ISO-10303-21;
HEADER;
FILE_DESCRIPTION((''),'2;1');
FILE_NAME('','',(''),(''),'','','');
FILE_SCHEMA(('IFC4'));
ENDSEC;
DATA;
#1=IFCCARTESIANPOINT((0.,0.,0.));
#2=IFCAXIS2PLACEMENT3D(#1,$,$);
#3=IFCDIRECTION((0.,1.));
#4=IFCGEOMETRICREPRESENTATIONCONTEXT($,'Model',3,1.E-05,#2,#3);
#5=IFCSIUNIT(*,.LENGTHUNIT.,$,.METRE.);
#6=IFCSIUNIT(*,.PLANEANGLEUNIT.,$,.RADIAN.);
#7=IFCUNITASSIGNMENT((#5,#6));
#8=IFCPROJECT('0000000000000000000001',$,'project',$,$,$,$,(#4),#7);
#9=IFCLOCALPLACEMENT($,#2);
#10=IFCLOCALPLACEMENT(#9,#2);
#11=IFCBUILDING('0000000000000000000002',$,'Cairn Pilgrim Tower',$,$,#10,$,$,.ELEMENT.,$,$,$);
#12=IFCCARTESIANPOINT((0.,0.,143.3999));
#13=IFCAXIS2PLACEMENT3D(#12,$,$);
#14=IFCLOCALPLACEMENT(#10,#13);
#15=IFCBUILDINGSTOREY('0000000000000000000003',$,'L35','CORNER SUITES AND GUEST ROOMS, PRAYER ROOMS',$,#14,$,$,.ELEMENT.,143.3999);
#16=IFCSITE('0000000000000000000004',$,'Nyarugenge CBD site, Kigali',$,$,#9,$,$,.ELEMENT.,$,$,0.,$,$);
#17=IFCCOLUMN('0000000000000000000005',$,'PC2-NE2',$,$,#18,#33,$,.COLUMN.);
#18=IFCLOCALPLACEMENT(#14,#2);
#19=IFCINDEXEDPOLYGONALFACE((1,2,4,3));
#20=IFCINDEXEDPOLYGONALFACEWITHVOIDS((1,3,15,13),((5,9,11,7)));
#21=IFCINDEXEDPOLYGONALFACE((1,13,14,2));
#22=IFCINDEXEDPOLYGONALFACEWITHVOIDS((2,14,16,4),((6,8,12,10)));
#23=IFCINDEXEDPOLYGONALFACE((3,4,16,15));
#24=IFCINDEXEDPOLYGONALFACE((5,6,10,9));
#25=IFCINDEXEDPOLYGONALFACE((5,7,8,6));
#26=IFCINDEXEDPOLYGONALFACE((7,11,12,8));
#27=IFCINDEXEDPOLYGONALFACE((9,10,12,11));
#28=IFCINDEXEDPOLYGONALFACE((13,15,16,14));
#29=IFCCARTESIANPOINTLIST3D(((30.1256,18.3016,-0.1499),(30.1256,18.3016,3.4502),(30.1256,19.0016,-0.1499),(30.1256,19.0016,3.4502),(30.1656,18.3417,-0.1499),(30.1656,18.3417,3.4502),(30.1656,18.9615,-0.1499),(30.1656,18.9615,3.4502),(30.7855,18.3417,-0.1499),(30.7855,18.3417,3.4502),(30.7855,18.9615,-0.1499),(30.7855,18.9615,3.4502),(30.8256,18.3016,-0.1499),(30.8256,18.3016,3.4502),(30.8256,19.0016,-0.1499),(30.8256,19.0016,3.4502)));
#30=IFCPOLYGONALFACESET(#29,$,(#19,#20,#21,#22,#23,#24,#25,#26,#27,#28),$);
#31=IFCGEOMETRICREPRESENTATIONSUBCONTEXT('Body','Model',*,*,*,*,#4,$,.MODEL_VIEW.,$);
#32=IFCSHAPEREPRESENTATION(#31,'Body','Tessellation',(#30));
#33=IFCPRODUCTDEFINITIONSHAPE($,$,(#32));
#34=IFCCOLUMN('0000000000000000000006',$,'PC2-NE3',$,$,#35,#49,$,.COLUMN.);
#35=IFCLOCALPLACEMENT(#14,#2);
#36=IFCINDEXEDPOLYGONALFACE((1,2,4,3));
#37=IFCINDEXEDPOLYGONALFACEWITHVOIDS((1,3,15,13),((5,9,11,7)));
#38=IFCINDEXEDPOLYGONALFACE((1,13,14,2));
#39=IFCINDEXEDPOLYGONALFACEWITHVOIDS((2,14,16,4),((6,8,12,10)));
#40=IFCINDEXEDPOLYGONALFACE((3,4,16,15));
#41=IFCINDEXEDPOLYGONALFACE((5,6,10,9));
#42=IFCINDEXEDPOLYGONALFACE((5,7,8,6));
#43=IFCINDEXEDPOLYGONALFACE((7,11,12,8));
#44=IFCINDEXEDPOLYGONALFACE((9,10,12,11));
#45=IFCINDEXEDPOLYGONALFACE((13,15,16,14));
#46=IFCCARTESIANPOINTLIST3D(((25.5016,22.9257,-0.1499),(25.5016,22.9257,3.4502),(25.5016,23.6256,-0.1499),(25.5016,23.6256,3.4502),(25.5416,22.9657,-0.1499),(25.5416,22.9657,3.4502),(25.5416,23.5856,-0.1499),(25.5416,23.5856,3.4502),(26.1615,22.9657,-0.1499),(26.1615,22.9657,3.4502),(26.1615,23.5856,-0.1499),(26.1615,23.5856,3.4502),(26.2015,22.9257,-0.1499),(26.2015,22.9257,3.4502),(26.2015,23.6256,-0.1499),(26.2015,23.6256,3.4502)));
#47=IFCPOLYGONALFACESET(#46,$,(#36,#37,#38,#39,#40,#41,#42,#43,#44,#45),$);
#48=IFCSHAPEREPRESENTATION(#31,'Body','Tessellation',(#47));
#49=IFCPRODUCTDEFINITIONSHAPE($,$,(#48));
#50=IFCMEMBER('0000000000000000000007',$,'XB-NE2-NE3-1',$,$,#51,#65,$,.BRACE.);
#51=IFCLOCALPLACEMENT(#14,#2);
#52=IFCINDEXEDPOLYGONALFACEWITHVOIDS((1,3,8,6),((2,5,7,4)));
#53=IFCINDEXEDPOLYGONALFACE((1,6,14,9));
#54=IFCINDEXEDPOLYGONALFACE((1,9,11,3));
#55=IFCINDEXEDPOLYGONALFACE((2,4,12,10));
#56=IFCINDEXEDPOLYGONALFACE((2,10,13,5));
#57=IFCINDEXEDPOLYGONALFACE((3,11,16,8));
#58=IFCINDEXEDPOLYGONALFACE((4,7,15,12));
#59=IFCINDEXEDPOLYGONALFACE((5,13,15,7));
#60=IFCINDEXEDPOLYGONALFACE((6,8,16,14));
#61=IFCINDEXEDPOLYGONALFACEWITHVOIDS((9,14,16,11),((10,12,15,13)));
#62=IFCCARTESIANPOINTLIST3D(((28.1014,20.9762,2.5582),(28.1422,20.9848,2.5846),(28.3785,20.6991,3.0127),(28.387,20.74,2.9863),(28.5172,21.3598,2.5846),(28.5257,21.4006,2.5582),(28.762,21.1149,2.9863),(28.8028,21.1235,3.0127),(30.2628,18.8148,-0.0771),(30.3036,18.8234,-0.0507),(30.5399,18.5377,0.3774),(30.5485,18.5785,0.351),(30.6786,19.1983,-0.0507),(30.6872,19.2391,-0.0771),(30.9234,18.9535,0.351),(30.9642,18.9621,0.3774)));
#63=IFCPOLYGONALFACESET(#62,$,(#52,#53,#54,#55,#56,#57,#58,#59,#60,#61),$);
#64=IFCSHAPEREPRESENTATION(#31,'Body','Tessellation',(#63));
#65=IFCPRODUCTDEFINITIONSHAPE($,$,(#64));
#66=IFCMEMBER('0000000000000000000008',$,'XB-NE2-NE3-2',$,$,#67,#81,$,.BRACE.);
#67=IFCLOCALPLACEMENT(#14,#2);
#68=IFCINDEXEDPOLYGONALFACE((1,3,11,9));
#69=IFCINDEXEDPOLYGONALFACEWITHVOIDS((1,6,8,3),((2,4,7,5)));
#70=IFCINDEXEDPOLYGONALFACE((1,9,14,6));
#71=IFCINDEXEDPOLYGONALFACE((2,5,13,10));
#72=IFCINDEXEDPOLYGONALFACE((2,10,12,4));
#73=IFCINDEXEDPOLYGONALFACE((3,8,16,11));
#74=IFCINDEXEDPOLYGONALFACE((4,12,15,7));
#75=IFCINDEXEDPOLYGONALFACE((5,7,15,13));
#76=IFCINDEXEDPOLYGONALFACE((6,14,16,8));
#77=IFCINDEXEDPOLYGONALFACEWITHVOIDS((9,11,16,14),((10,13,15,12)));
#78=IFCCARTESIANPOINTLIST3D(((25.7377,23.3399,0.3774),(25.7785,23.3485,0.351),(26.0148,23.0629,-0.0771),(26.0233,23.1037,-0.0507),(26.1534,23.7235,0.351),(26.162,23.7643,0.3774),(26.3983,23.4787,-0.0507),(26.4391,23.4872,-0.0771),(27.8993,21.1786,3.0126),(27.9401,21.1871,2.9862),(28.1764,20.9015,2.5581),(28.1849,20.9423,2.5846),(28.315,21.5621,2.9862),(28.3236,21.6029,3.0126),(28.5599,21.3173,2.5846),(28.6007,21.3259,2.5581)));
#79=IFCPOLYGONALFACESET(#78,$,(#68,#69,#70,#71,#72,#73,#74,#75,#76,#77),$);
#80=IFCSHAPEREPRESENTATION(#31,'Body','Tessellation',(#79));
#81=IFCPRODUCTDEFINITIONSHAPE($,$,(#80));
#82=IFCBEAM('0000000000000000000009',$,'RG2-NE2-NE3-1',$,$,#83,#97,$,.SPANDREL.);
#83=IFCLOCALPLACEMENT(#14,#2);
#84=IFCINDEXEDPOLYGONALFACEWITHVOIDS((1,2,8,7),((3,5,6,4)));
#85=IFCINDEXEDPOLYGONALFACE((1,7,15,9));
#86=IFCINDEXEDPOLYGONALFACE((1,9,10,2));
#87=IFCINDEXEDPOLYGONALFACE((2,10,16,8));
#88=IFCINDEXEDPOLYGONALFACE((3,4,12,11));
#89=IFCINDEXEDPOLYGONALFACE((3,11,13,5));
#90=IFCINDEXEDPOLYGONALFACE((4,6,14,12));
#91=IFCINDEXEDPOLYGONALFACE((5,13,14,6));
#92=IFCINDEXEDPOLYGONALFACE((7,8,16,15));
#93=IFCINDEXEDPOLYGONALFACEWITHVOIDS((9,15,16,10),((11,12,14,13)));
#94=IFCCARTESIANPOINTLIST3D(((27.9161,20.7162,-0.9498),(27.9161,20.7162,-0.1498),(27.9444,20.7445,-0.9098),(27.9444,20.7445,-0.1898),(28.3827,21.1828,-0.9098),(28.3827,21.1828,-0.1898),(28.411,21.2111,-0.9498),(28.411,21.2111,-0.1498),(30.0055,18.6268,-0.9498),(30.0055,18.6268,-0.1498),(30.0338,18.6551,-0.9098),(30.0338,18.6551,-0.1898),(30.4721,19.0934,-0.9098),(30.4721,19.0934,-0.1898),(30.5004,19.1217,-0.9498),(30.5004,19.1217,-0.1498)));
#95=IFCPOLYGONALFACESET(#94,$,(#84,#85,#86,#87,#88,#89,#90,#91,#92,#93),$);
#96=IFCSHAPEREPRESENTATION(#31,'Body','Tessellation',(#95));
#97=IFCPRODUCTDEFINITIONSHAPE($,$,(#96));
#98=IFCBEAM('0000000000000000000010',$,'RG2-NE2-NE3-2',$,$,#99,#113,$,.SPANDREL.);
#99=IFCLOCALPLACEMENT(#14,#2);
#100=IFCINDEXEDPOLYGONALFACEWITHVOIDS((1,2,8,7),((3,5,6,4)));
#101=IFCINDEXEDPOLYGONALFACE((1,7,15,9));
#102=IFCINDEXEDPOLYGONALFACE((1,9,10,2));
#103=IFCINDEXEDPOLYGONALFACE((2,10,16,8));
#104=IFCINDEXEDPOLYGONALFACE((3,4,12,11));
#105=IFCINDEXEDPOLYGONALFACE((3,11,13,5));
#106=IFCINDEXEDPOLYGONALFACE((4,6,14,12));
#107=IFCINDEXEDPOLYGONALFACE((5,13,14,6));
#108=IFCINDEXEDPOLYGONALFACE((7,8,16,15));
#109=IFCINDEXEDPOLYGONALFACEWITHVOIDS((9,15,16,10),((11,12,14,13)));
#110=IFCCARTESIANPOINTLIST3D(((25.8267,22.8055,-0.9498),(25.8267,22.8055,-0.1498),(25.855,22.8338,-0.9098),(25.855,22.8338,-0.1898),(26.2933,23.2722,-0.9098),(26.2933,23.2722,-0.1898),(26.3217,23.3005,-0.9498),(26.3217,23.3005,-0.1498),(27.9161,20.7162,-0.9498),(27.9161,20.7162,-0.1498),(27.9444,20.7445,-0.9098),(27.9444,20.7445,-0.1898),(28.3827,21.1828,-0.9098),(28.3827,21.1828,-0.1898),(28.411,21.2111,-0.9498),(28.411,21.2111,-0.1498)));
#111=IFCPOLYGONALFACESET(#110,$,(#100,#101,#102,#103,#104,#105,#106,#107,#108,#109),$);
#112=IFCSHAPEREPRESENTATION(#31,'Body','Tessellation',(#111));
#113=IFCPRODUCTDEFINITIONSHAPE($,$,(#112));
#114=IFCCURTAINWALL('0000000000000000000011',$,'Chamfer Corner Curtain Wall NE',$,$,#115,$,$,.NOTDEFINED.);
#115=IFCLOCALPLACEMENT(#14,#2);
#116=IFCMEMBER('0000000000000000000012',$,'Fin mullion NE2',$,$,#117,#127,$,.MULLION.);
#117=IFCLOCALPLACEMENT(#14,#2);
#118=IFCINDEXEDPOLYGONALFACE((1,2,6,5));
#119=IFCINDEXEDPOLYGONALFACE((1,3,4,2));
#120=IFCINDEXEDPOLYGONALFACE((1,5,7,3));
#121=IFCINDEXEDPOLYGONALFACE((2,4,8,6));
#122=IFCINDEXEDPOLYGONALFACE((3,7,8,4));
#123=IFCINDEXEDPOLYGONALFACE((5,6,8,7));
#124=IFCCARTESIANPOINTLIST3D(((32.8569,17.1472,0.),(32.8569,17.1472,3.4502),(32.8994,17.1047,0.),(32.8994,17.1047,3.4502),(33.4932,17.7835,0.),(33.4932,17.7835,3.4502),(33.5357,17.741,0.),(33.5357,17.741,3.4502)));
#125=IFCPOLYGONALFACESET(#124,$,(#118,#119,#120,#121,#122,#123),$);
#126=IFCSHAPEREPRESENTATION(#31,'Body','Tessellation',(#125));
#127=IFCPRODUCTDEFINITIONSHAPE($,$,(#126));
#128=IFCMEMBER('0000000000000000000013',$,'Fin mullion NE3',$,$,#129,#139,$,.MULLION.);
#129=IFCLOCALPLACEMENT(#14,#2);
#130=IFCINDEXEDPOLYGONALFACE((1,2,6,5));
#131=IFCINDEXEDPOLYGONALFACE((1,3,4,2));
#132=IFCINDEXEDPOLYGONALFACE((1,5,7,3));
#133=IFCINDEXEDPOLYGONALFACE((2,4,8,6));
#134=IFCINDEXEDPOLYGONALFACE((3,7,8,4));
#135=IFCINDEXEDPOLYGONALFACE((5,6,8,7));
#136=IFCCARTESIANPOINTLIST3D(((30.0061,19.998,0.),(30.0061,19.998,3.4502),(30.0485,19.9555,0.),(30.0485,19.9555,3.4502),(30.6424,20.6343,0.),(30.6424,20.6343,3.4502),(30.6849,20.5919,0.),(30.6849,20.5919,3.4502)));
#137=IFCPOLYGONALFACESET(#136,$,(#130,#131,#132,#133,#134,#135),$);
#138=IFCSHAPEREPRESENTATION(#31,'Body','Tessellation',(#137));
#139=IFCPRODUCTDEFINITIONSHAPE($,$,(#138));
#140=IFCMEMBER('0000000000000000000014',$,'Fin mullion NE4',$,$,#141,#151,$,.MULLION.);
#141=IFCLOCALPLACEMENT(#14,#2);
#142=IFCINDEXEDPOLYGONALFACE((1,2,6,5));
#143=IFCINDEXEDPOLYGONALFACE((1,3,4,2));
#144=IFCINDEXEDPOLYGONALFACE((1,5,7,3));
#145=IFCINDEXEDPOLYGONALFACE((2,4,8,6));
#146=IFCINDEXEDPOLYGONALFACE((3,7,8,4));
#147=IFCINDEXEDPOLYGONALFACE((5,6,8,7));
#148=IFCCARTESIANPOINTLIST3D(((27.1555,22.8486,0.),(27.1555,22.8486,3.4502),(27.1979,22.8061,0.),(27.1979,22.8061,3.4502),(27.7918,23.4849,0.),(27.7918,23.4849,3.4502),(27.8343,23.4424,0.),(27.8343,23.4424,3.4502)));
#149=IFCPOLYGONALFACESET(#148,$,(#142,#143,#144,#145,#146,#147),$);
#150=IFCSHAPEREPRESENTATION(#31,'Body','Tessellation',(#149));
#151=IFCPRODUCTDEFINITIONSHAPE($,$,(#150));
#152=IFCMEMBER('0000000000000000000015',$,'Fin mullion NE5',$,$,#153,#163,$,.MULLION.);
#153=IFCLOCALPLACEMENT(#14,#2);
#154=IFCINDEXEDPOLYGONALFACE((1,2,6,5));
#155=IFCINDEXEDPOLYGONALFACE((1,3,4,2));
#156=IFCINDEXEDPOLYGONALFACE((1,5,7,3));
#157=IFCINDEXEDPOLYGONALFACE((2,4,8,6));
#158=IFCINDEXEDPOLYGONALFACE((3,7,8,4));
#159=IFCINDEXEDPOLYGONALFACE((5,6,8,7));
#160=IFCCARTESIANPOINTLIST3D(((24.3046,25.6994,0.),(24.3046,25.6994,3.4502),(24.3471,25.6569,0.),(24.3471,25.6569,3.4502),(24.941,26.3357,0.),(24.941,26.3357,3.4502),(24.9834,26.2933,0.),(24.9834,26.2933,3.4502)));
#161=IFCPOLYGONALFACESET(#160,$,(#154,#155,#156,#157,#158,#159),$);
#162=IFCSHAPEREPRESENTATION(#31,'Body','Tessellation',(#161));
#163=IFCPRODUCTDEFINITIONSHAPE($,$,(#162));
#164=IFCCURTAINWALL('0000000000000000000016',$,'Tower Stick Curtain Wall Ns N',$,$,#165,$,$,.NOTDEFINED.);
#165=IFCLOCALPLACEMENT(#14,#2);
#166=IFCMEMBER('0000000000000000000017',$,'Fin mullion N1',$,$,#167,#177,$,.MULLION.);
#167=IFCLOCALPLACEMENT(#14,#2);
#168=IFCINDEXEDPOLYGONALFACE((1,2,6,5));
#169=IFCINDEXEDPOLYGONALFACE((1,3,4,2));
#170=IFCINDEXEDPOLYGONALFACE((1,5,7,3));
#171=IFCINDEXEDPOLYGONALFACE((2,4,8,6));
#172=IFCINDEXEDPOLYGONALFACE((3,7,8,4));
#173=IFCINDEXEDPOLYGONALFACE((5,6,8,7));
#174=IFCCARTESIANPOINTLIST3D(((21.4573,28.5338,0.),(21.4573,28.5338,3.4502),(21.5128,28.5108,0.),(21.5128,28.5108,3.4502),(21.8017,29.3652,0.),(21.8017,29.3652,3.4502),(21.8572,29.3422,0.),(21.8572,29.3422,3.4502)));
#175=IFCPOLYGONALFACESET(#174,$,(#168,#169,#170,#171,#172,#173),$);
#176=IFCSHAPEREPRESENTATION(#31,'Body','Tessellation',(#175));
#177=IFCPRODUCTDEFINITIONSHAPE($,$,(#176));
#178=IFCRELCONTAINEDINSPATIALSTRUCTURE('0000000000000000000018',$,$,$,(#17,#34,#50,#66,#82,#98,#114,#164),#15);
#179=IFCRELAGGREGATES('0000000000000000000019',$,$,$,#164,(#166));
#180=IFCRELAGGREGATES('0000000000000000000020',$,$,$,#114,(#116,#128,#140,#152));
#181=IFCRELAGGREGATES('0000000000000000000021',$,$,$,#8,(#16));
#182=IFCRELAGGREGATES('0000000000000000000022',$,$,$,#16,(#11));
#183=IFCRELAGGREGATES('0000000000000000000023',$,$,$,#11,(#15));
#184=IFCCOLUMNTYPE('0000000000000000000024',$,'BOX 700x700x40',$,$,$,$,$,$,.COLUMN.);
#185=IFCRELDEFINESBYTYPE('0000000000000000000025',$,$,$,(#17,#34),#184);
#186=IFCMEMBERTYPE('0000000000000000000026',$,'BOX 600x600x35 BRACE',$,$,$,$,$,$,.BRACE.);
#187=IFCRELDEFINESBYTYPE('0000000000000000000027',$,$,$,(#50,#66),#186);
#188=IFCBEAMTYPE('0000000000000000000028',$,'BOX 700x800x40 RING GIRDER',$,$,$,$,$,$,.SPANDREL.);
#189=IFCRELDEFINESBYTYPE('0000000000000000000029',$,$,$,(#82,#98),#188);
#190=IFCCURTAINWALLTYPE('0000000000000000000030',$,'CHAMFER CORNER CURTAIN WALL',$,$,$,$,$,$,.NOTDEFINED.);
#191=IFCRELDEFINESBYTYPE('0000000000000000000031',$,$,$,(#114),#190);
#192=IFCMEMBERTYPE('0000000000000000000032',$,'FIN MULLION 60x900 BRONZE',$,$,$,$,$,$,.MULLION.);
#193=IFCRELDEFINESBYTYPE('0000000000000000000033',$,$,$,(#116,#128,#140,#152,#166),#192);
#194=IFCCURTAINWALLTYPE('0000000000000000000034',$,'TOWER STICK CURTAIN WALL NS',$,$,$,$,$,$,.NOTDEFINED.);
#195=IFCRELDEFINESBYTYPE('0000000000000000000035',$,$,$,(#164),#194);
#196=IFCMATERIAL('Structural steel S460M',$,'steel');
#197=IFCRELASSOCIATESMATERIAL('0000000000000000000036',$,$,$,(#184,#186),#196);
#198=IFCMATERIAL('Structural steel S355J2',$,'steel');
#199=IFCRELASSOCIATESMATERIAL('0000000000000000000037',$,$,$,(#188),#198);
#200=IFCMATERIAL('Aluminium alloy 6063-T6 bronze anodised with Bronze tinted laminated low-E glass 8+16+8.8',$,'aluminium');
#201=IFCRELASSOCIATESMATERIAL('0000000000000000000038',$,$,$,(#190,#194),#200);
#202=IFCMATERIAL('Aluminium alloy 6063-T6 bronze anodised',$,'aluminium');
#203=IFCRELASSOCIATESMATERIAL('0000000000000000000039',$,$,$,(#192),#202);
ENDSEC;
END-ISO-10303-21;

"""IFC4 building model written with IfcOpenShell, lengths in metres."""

from ifc_helpers import new_model, si_unit, direction, frame, origin, origin_2d, place, context, subcontext, project, spatial, rectangle, hollow_rectangle, extrude, material, material_profile, profile_set, type_object, element, aggregate, save


model = new_model("IFC4")

# Units and contexts
model_context = context("Model", 3, precision=1e-05, world=origin(), true_north=direction((0.0, 1.0)))
body_context = subcontext(model_context, "Body", "Model", "MODEL_VIEW")
ifc_project = project(units=[si_unit("LENGTHUNIT", "METRE"), si_unit("PLANEANGLEUNIT", "RADIAN")], contexts=[model_context])

# Site, building, storey
site_placement = place(None, origin())
site = spatial("IfcSite", under=ifc_project, at=site_placement, Name="Nyarugenge CBD site, Kigali", CompositionType="ELEMENT", RefElevation=0.0)
building_placement = place(site_placement, origin())
building = spatial("IfcBuilding", under=site, at=building_placement, Name="Cairn Pilgrim Tower", CompositionType="ELEMENT")
storey_placement = place(building_placement, frame((0.0, 0.0, 143.3999)))
storey = spatial("IfcBuildingStorey", under=building, at=storey_placement, Name="L35", Description="CORNER SUITES AND GUEST ROOMS, PRAYER ROOMS", CompositionType="ELEMENT", Elevation=143.3999)

# Columns
ifc_material_1 = material(Name="Structural steel S460M", Category="steel")
ifc_material_profile_1 = material_profile(ifc_material_1, hollow_rectangle(XDim=0.7, YDim=0.7, WallThickness=0.04, at=origin_2d()), Name="BOX 700x700x40")
ifc_profile_set_1 = profile_set([ifc_material_profile_1], Name="Structural steel S460M")
column_type = type_object("IfcColumnType", Name="BOX 700x700x40", PredefinedType="COLUMN", material=ifc_profile_set_1)
for number, where, z_axis, x_axis, name in (
    (1, (30.4756, 18.6516, -0.1499), (0.0, 0.0, 1.0), (1.0, 0.0, 0.0), "PC2-NE2"),
    (2, (25.8516, 23.2756, -0.1499), (0.0, 0.0, 1.0), (1.0, 0.0, 0.0), "PC2-NE3"),
):
    element("IfcColumn", number, at=place(storey_placement, frame(where, z_axis=z_axis, x_axis=x_axis)), inside=storey, type_object=column_type, Name=name, PredefinedType="COLUMN", context=body_context, shape_type="SweptSolid", body=[
        extrude(hollow_rectangle(XDim=0.7, YDim=0.7, WallThickness=0.04, at=origin_2d()), origin(), (0.0, 0.0, 1.0), 3.6001),
    ])

# Members
ifc_material_profile_2 = material_profile(ifc_material_1, hollow_rectangle(XDim=0.6001, YDim=0.6001, WallThickness=0.0349, at=origin_2d()), Name="BOX 600x600x35")
ifc_profile_set_2 = profile_set([ifc_material_profile_2], Name="Structural steel S460M")
member_type_1 = type_object("IfcMemberType", Name="BOX 600x600x35 BRACE", PredefinedType="BRACE", material=ifc_profile_set_2)
for number, where, z_axis, x_axis, name in (
    (3, (30.6135, 18.8884, 0.1501), (-0.535551, 0.535551, 0.65297), (-0.707107, -0.707107, 0.0), "XB-NE2-NE3-1"),
    (4, (26.0884, 23.4136, 0.1501), (0.535594, -0.535534, 0.652949), (0.707067, 0.707147, 0.0), "XB-NE2-NE3-2"),
):
    element("IfcMember", number, at=place(storey_placement, frame(where, z_axis=z_axis, x_axis=x_axis)), inside=storey, type_object=member_type_1, Name=name, PredefinedType="BRACE", context=body_context, shape_type="SweptSolid", body=[
        extrude(hollow_rectangle(XDim=0.6001, YDim=0.6001, WallThickness=0.0349, at=origin_2d()), origin(), (0.0, 0.0, 1.0), 4.0359),
    ])

# Beams
ifc_material_2 = material(Name="Structural steel S355J2", Category="steel")
ifc_material_profile_3 = material_profile(ifc_material_2, hollow_rectangle(XDim=0.7, YDim=0.8, WallThickness=0.04, at=origin_2d()), Name="BOX 700x800x40")
ifc_profile_set_3 = profile_set([ifc_material_profile_3], Name="Structural steel S355J2")
beam_type_1 = type_object("IfcBeamType", Name="BOX 700x800x40 RING GIRDER", PredefinedType="SPANDREL", material=ifc_profile_set_3)
for number, where, z_axis, x_axis, name in (
    (5, (30.2529, 18.8743, -0.5498), (-0.707107, 0.707107, 0.0), (-0.707107, -0.707107, 0.0), "RG2-NE2-NE3-1"),
    (6, (28.1636, 20.9636, -0.5498), (-0.707107, 0.707107, 0.0), (-0.707107, -0.707107, 0.0), "RG2-NE2-NE3-2"),
):
    element("IfcBeam", number, at=place(storey_placement, frame(where, z_axis=z_axis, x_axis=x_axis)), inside=storey, type_object=beam_type_1, Name=name, PredefinedType="SPANDREL", context=body_context, shape_type="SweptSolid", body=[
        extrude(hollow_rectangle(XDim=0.7, YDim=0.8, WallThickness=0.04, at=origin_2d()), origin(), (0.0, 0.0, 1.0), 2.9548),
    ])

# Curtain wall, members
ifc_material_3 = material(Name="Aluminium alloy 6063-T6 bronze anodised with Bronze tinted laminated low-E glass 8+16+8.8", Category="aluminium")
curtain_wall_type_1 = type_object("IfcCurtainWallType", Name="CHAMFER CORNER CURTAIN WALL", PredefinedType="NOTDEFINED", material=ifc_material_3)
curtain_wall_1_placement = place(storey_placement, origin())
curtain_wall_1 = element("IfcCurtainWall", 7, at=curtain_wall_1_placement, inside=storey, type_object=curtain_wall_type_1, Name="Chamfer Corner Curtain Wall NE", PredefinedType="NOTDEFINED")
ifc_material_4 = material(Name="Aluminium alloy 6063-T6 bronze anodised", Category="aluminium")
ifc_material_profile_4 = material_profile(ifc_material_4, rectangle(XDim=0.8999, YDim=0.0601, at=origin_2d()), Name="FIN MULLION 60x900 BRONZE")
ifc_profile_set_4 = profile_set([ifc_material_profile_4], Name="Aluminium alloy 6063-T6 bronze anodised")
member_type_2 = type_object("IfcMemberType", Name="FIN MULLION 60x900 BRONZE", PredefinedType="MULLION", material=ifc_profile_set_4)
member_1_placement = place(storey_placement, frame((33.1963, 17.4441, 0.0), z_axis=(0.0, 0.0, 1.0), x_axis=(0.707107, 0.707107, 0.0)))
member_1 = element("IfcMember", 8, at=member_1_placement, type_object=member_type_2, Name="Fin mullion NE2", PredefinedType="MULLION", context=body_context, shape_type="SweptSolid", body=[
    extrude(rectangle(XDim=0.8999, YDim=0.0601, at=origin_2d()), origin(), (0.0, 0.0, 1.0), 3.4502),
])
member_2_placement = place(storey_placement, frame((30.3455, 20.2949, 0.0), z_axis=(0.0, 0.0, 1.0), x_axis=(0.707107, 0.707107, 0.0)))
member_2 = element("IfcMember", 9, at=member_2_placement, type_object=member_type_2, Name="Fin mullion NE3", PredefinedType="MULLION", context=body_context, shape_type="SweptSolid", body=[
    extrude(rectangle(XDim=0.8999, YDim=0.0601, at=origin_2d()), origin(), (0.0, 0.0, 1.0), 3.4502),
])
member_3_placement = place(storey_placement, frame((27.4949, 23.1455, 0.0), z_axis=(0.0, 0.0, 1.0), x_axis=(0.707107, 0.707107, 0.0)))
member_3 = element("IfcMember", 10, at=member_3_placement, type_object=member_type_2, Name="Fin mullion NE4", PredefinedType="MULLION", context=body_context, shape_type="SweptSolid", body=[
    extrude(rectangle(XDim=0.8999, YDim=0.0601, at=origin_2d()), origin(), (0.0, 0.0, 1.0), 3.4502),
])
member_4_placement = place(storey_placement, frame((24.644, 25.9963, 0.0), z_axis=(0.0, 0.0, 1.0), x_axis=(0.707107, 0.707107, 0.0)))
member_4 = element("IfcMember", 11, at=member_4_placement, type_object=member_type_2, Name="Fin mullion NE5", PredefinedType="MULLION", context=body_context, shape_type="SweptSolid", body=[
    extrude(rectangle(XDim=0.8999, YDim=0.0601, at=origin_2d()), origin(), (0.0, 0.0, 1.0), 3.4502),
])

# Curtain wall, member
curtain_wall_type_2 = type_object("IfcCurtainWallType", Name="TOWER STICK CURTAIN WALL NS", PredefinedType="NOTDEFINED", material=ifc_material_3)
curtain_wall_2_placement = place(storey_placement, origin())
curtain_wall_2 = element("IfcCurtainWall", 12, at=curtain_wall_2_placement, inside=storey, type_object=curtain_wall_type_2, Name="Tower Stick Curtain Wall Ns N", PredefinedType="NOTDEFINED")
member_5_placement = place(storey_placement, frame((21.6572, 28.938, 0.0), z_axis=(0.0, 0.0, 1.0), x_axis=(0.382683, 0.92388, 0.0)))
member_5 = element("IfcMember", 13, at=member_5_placement, type_object=member_type_2, Name="Fin mullion N1", PredefinedType="MULLION", context=body_context, shape_type="SweptSolid", body=[
    extrude(rectangle(XDim=0.8999, YDim=0.0601, at=origin_2d()), origin(), (0.0, 0.0, 1.0), 3.4502),
])
aggregate(curtain_wall_2, [member_5])

aggregate(curtain_wall_1, [member_1, member_2, member_3, member_4])

save(model, "model.ifc")
